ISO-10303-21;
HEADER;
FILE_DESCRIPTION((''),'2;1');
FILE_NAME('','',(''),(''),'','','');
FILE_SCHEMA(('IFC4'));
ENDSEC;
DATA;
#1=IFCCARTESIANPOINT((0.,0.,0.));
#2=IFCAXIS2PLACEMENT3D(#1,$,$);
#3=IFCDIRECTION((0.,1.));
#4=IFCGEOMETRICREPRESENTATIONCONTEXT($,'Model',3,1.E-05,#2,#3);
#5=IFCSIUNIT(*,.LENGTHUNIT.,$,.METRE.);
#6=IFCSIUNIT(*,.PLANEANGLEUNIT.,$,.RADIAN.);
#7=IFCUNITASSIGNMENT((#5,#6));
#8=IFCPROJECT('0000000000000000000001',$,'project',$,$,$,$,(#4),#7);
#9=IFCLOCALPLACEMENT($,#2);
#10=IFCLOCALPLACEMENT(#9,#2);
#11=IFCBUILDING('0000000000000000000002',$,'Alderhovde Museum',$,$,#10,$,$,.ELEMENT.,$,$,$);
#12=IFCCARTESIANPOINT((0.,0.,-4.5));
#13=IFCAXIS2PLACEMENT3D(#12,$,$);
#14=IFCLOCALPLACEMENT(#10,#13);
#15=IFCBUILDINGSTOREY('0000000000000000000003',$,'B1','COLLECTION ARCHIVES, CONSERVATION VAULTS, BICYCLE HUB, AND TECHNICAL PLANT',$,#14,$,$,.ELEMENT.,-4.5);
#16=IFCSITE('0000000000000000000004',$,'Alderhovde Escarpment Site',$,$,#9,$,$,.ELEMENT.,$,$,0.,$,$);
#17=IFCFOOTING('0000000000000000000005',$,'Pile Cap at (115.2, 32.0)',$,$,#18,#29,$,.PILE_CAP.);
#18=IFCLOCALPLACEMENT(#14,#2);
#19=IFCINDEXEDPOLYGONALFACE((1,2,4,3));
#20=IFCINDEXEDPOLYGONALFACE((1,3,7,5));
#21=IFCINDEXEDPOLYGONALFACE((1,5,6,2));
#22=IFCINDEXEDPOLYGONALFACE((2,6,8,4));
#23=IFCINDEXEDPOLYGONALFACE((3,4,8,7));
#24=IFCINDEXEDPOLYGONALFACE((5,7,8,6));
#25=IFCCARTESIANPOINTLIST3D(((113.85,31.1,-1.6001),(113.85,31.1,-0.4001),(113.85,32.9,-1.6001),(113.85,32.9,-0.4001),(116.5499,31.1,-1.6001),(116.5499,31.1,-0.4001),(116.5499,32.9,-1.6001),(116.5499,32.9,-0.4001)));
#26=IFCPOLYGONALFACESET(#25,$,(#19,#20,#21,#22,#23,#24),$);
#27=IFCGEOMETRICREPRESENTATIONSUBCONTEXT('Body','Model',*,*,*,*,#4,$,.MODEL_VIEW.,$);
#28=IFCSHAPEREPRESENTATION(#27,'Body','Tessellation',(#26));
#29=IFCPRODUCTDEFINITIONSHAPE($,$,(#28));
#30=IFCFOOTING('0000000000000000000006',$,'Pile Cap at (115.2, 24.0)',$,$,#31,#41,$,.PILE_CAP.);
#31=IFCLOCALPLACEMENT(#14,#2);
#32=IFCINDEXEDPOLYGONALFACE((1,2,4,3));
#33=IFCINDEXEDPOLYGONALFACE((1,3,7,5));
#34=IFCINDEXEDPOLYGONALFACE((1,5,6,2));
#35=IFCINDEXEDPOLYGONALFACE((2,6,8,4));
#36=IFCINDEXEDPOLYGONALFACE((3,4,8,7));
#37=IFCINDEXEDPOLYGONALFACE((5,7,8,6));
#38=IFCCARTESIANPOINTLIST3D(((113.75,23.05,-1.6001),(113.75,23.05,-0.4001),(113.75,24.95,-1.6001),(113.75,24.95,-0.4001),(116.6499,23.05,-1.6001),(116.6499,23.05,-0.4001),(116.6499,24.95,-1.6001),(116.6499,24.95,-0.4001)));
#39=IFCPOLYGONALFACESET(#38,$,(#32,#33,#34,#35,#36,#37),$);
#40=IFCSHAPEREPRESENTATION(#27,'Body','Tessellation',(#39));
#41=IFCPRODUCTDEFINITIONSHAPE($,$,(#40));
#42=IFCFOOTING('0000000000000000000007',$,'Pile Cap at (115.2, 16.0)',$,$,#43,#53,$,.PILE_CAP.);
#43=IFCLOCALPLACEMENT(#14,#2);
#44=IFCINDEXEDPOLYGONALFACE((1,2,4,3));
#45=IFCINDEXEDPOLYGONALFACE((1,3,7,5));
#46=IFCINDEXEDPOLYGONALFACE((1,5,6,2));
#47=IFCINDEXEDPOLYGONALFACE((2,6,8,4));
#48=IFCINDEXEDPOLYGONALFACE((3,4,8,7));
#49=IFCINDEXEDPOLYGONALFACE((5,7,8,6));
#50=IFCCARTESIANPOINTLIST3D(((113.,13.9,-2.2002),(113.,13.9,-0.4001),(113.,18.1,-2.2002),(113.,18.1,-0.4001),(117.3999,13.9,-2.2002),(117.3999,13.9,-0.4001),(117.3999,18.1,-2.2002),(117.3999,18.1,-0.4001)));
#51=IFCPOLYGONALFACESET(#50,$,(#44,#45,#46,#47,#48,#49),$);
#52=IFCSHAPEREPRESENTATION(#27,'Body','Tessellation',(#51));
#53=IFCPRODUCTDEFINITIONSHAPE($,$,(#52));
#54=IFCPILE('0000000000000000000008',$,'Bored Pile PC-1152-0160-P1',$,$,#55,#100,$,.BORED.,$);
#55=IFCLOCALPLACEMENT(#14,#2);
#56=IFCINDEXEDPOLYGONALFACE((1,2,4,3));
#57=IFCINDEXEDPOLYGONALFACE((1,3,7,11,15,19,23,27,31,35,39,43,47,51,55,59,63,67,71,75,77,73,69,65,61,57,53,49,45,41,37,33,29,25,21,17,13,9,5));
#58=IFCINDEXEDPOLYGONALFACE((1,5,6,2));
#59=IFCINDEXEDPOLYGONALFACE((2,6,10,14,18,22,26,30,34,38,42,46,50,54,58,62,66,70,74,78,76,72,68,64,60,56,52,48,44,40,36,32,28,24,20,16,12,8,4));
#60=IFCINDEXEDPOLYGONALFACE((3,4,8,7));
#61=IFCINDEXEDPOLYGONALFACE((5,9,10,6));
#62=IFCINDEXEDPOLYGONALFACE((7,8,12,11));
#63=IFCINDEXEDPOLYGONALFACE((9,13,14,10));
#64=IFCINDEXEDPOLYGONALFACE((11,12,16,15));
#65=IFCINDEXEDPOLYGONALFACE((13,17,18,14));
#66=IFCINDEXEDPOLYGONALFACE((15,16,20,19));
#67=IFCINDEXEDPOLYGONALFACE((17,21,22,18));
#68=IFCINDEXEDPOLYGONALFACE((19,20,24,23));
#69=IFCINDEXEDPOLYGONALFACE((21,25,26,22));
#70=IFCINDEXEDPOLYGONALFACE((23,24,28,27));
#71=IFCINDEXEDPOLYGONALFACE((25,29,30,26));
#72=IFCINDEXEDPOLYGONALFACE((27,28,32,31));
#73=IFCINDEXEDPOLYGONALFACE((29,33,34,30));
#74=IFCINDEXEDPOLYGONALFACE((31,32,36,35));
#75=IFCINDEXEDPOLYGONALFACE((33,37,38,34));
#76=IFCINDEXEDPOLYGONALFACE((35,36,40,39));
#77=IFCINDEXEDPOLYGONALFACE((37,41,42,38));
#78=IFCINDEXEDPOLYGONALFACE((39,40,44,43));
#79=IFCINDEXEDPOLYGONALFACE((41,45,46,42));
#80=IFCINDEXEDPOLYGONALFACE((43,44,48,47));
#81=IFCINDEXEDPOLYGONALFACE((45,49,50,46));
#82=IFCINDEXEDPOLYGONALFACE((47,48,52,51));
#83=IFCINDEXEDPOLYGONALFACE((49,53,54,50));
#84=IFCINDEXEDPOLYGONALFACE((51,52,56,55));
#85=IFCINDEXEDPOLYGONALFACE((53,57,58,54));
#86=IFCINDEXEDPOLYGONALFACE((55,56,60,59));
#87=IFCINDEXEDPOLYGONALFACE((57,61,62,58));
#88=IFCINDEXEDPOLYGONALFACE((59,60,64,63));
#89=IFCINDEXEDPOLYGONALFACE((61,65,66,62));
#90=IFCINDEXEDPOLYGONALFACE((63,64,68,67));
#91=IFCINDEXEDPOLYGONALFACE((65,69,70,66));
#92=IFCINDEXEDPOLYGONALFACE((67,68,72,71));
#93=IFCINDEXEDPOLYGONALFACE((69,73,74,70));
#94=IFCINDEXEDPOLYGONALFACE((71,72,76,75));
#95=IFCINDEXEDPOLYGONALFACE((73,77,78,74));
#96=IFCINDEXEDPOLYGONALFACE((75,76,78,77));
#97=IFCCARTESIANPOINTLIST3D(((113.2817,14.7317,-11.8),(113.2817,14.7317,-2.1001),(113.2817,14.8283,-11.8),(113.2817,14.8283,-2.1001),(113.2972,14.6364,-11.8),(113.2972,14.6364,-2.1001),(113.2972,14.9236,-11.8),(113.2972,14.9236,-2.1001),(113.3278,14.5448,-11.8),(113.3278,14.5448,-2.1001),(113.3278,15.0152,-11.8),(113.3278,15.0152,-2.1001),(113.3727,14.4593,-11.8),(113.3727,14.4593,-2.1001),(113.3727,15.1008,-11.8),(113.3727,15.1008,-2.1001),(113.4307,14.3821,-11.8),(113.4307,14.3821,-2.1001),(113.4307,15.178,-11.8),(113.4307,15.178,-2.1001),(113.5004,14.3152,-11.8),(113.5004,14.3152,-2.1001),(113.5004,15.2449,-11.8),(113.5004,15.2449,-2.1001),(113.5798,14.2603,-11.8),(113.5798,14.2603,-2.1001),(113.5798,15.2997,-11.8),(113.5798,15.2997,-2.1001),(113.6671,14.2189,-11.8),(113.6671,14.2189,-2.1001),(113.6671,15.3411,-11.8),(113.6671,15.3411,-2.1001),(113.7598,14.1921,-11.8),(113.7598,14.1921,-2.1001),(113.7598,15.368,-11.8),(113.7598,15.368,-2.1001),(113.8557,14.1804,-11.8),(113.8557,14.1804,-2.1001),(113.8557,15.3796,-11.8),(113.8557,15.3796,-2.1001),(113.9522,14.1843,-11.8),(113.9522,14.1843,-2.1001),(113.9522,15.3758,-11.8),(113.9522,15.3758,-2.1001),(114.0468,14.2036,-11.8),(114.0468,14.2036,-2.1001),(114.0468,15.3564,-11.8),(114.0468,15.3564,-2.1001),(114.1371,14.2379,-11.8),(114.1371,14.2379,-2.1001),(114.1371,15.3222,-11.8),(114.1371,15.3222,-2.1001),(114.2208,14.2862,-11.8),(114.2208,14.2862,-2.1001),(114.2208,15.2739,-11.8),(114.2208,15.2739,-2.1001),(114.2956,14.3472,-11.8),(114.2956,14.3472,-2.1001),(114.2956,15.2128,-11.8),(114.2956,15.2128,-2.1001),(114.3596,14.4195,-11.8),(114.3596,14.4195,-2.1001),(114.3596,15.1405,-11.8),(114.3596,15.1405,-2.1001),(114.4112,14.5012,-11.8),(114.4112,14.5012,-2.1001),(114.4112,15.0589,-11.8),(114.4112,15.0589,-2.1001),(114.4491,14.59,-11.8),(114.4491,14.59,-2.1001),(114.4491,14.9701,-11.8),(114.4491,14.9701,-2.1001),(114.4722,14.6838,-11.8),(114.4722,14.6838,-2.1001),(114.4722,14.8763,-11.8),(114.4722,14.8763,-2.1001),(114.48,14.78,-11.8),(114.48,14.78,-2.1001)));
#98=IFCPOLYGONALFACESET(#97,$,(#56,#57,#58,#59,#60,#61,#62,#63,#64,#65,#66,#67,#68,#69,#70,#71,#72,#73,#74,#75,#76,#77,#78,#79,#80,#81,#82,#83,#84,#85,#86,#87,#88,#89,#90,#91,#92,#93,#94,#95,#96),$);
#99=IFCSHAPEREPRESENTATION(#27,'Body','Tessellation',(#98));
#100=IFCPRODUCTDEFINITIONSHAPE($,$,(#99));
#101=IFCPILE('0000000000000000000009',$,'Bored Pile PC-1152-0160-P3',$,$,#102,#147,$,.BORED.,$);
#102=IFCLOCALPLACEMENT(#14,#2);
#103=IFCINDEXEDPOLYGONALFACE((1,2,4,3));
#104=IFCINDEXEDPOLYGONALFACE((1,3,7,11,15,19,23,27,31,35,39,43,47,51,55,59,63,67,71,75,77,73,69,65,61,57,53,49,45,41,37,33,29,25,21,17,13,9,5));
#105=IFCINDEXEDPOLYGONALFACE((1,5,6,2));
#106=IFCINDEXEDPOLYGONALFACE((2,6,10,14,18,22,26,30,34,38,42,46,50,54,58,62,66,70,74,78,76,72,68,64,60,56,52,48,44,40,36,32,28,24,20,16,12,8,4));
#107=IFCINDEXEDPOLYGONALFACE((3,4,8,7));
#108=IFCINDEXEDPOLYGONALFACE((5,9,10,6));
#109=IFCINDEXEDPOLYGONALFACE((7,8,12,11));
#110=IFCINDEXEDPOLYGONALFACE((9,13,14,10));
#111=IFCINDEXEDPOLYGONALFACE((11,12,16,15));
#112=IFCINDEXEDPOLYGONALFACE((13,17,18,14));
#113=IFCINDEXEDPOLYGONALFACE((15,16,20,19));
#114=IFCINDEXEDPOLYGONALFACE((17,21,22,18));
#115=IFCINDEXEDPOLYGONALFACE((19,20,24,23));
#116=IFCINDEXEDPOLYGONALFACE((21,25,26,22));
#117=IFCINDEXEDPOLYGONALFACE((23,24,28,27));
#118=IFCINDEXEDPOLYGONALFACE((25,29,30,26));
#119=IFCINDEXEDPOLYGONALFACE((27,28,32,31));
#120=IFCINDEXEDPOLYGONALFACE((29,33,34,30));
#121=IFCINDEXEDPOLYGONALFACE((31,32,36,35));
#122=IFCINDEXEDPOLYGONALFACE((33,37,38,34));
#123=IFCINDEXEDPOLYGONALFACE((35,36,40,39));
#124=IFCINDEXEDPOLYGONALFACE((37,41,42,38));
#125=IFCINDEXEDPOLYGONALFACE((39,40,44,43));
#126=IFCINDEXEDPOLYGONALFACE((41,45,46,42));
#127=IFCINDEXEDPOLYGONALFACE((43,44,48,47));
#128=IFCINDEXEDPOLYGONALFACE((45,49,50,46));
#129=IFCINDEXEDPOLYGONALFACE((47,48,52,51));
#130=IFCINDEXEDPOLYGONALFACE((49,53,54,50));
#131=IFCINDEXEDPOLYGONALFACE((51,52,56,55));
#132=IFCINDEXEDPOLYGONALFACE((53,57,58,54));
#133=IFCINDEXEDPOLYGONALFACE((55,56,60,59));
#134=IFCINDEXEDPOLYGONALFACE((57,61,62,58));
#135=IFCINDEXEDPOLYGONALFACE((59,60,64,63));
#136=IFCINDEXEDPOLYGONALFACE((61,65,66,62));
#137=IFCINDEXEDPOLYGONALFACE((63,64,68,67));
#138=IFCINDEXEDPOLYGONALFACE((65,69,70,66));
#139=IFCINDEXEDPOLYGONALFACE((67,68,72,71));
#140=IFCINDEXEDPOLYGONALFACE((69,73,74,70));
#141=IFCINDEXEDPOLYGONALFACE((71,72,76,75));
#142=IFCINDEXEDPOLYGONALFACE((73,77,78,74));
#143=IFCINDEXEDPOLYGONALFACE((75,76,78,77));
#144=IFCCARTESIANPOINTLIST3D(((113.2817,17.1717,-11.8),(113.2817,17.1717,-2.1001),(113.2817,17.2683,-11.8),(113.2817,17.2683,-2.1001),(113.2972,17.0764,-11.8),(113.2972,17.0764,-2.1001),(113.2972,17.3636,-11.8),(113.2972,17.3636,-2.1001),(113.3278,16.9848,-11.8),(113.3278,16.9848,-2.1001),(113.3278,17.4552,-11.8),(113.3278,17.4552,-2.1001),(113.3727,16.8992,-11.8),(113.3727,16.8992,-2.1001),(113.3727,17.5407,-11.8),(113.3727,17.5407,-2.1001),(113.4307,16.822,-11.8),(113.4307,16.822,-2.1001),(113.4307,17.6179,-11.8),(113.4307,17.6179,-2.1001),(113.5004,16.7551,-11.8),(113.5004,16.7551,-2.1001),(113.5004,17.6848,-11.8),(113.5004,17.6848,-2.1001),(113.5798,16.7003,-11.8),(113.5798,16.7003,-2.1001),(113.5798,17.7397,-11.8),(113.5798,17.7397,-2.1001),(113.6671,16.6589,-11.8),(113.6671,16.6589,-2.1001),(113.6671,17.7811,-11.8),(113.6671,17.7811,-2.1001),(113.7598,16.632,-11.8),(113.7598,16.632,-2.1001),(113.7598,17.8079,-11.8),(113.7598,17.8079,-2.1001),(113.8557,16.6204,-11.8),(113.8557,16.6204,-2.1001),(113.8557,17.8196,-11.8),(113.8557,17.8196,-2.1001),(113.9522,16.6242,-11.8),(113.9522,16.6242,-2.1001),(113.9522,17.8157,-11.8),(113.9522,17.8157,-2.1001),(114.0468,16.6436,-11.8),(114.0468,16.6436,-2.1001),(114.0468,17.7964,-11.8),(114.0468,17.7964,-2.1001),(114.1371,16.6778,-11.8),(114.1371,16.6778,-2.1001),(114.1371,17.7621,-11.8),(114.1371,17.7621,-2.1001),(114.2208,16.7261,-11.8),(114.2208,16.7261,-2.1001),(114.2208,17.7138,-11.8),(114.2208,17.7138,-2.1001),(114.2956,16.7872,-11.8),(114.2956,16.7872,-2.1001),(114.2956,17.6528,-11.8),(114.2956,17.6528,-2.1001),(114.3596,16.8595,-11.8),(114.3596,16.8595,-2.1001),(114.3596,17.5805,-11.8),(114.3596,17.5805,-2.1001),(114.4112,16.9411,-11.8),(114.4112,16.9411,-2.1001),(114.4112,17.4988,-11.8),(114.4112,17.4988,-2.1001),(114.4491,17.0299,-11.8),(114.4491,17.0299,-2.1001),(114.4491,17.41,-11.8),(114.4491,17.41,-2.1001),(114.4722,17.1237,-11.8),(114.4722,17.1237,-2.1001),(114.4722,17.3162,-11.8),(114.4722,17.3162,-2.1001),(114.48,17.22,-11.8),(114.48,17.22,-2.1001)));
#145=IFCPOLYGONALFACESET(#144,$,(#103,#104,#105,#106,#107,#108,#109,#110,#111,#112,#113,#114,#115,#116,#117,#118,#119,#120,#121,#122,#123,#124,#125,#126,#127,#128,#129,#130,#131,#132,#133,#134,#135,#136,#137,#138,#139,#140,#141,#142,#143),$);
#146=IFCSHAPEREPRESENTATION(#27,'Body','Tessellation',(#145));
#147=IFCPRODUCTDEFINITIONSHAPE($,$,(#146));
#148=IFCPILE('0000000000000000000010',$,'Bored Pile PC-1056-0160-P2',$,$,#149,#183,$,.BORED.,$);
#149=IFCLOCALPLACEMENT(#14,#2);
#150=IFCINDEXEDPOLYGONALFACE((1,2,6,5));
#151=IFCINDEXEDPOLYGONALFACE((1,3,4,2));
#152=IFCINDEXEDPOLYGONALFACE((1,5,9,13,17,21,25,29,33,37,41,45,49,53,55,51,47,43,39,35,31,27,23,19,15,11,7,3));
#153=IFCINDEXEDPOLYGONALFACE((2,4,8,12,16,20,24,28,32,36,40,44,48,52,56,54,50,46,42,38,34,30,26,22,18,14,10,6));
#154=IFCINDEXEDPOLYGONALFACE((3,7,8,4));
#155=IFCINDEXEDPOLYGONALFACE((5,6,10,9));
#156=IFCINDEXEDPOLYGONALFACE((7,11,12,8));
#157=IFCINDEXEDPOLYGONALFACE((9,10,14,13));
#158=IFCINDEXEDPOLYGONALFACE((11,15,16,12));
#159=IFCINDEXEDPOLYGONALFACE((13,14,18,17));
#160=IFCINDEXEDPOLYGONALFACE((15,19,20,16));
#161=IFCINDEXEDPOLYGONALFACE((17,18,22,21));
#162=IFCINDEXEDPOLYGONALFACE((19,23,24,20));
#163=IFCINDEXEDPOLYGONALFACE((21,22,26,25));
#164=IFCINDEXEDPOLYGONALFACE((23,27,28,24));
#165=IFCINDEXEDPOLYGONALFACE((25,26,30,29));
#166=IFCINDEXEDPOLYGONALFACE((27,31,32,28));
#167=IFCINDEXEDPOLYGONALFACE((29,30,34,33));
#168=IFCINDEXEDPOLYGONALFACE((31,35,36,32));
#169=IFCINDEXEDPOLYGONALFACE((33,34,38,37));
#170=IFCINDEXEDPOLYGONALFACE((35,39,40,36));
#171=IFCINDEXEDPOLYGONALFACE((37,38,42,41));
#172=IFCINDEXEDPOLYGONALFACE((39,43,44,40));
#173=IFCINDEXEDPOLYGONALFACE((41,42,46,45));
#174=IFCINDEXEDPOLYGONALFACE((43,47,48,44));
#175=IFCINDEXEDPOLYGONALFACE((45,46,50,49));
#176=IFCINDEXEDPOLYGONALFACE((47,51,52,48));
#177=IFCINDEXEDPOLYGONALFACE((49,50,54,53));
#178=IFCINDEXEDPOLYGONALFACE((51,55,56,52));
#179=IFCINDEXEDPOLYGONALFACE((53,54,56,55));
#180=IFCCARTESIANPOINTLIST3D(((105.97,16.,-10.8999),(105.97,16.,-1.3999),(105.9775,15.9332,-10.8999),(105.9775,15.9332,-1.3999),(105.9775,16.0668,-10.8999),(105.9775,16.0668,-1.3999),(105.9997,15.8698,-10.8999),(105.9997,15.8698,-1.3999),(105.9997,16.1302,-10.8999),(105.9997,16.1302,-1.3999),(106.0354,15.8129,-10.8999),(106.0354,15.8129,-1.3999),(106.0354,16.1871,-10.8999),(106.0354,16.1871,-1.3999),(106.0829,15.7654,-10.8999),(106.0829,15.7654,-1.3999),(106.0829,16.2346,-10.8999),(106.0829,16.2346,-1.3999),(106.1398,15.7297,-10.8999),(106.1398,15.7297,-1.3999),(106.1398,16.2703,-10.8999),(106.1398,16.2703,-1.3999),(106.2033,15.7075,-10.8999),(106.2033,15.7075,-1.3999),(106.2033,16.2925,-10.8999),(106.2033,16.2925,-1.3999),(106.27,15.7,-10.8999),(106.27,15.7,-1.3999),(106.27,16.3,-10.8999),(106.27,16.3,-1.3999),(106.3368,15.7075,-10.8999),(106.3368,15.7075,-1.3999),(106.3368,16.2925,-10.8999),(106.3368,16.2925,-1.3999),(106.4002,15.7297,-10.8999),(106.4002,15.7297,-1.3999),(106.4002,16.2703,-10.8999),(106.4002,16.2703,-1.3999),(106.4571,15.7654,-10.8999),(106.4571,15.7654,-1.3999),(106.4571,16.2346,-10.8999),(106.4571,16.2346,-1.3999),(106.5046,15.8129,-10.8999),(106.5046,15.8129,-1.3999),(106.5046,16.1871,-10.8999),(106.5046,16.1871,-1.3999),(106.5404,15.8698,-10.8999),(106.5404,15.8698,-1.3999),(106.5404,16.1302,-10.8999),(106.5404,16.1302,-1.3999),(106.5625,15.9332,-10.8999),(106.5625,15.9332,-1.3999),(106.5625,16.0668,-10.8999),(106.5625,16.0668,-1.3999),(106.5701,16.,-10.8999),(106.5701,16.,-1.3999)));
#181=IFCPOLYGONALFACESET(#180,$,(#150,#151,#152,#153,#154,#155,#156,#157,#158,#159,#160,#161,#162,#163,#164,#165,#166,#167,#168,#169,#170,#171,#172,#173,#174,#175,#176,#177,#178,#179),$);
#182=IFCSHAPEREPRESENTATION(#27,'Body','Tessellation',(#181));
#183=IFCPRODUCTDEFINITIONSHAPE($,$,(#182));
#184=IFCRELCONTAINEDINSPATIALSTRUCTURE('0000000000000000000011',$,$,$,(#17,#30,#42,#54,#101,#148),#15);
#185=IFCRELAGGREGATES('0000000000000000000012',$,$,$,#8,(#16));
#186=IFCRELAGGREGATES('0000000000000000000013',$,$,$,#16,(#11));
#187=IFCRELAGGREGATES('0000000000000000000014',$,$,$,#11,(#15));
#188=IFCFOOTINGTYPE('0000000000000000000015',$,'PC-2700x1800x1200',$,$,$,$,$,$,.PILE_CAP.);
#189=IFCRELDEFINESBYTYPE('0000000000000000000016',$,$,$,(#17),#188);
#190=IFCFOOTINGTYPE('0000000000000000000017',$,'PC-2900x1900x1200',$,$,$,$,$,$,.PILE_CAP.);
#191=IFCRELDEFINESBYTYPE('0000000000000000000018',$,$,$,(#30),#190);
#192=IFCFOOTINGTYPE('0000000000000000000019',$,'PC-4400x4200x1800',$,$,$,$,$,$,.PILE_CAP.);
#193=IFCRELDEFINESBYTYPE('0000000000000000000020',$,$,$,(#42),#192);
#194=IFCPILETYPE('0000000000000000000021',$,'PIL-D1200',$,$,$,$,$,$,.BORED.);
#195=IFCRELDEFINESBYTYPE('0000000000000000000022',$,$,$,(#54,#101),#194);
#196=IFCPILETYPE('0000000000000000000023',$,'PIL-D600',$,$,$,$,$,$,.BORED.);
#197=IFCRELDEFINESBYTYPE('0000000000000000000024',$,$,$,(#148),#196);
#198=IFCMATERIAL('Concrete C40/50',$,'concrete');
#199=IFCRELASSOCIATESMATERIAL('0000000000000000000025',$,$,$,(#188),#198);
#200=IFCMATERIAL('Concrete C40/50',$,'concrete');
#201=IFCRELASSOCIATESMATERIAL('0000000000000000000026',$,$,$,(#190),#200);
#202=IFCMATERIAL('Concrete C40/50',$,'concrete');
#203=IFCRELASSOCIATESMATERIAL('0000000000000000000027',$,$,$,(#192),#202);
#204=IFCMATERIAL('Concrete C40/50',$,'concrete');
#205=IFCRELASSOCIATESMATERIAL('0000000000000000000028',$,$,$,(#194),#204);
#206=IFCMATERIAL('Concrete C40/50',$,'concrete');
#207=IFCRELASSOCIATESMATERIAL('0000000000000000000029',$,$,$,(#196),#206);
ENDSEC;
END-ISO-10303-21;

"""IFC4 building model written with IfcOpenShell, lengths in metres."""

from ifc_helpers import new_model, si_unit, direction, frame, origin, origin_2d, place, context, subcontext, project, spatial, rectangle, circle, extrude, material, material_profile, profile_set, type_object, element, save


model = new_model("IFC4")

# Units and contexts
model_context = context("Model", 3, precision=1e-05, world=origin(), true_north=direction((0.0, 1.0)))
body_context = subcontext(model_context, "Body", "Model", "MODEL_VIEW")
ifc_project = project(units=[si_unit("LENGTHUNIT", "METRE"), si_unit("PLANEANGLEUNIT", "RADIAN")], contexts=[model_context])

# Site, building, storey
site_placement = place(None, origin())
site = spatial("IfcSite", under=ifc_project, at=site_placement, Name="Alderhovde Escarpment Site", CompositionType="ELEMENT", RefElevation=0.0)
building_placement = place(site_placement, origin())
building = spatial("IfcBuilding", under=site, at=building_placement, Name="Alderhovde Museum", CompositionType="ELEMENT")
storey_placement = place(building_placement, frame((0.0, 0.0, -4.5)))
storey = spatial("IfcBuildingStorey", under=building, at=storey_placement, Name="B1", Description="COLLECTION ARCHIVES, CONSERVATION VAULTS, BICYCLE HUB, AND TECHNICAL PLANT", CompositionType="ELEMENT", Elevation=-4.5)

# Footings
ifc_material_1 = material(Name="Concrete C40/50", Category="concrete")
footing_type_1 = type_object("IfcFootingType", Name="PC-2700x1800x1200", PredefinedType="PILE_CAP", material=ifc_material_1)
footing_1_placement = place(storey_placement, frame((115.2, 32.0, -1.6001), z_axis=(0.0, 0.0, 1.0), x_axis=(1.0, 0.0, 0.0)))
element("IfcFooting", 1, at=footing_1_placement, inside=storey, type_object=footing_type_1, Name="Pile Cap at (115.2, 32.0)", PredefinedType="PILE_CAP", context=body_context, shape_type="SweptSolid", body=[
    extrude(rectangle(XDim=2.7, YDim=1.8, at=origin_2d()), origin(), (0.0, 0.0, 1.0), 1.2),
])
ifc_material_2 = material(Name="Concrete C40/50", Category="concrete")
footing_type_2 = type_object("IfcFootingType", Name="PC-2900x1900x1200", PredefinedType="PILE_CAP", material=ifc_material_2)
footing_2_placement = place(storey_placement, frame((115.2, 24.0, -1.6001), z_axis=(0.0, 0.0, 1.0), x_axis=(1.0, 0.0, 0.0)))
element("IfcFooting", 2, at=footing_2_placement, inside=storey, type_object=footing_type_2, Name="Pile Cap at (115.2, 24.0)", PredefinedType="PILE_CAP", context=body_context, shape_type="SweptSolid", body=[
    extrude(rectangle(XDim=2.8999, YDim=1.8999, at=origin_2d()), origin(), (0.0, 0.0, 1.0), 1.2),
])
ifc_material_3 = material(Name="Concrete C40/50", Category="concrete")
footing_type_3 = type_object("IfcFootingType", Name="PC-4400x4200x1800", PredefinedType="PILE_CAP", material=ifc_material_3)
footing_3_placement = place(storey_placement, frame((115.2, 16.0, -2.2002), z_axis=(0.0, 0.0, 1.0), x_axis=(1.0, 0.0, 0.0)))
element("IfcFooting", 3, at=footing_3_placement, inside=storey, type_object=footing_type_3, Name="Pile Cap at (115.2, 16.0)", PredefinedType="PILE_CAP", context=body_context, shape_type="SweptSolid", body=[
    extrude(rectangle(XDim=4.3999, YDim=4.2, at=origin_2d()), origin(), (0.0, 0.0, 1.0), 1.8),
])

# Piles
ifc_material_4 = material(Name="Concrete C40/50", Category="concrete")
ifc_material_profile_1 = material_profile(ifc_material_4, circle(Radius=0.6001, at=origin_2d()), Name="PILE-D1200")
ifc_profile_set_1 = profile_set([ifc_material_profile_1], Name="Concrete C40/50")
pile_type_1 = type_object("IfcPileType", Name="PIL-D1200", PredefinedType="BORED", material=ifc_profile_set_1)
for number, where, z_axis, x_axis, name in (
    (4, (113.8799, 14.78, -2.1001), (0.0, 0.0, -1.0), (1.0, 0.0, 0.0), "Bored Pile PC-1152-0160-P1"),
    (5, (113.8799, 17.22, -2.1001), (0.0, 0.0, -1.0), (1.0, 0.0, 0.0), "Bored Pile PC-1152-0160-P3"),
):
    element("IfcPile", number, at=place(storey_placement, frame(where, z_axis=z_axis, x_axis=x_axis)), inside=storey, type_object=pile_type_1, Name=name, PredefinedType="BORED", context=body_context, shape_type="SweptSolid", body=[
        extrude(circle(Radius=0.6001, at=origin_2d()), origin(), (0.0, 0.0, 1.0), 9.7),
    ])
ifc_material_5 = material(Name="Concrete C40/50", Category="concrete")
ifc_material_profile_2 = material_profile(ifc_material_5, circle(Radius=0.3, at=origin_2d()), Name="PILE-D600")
ifc_profile_set_2 = profile_set([ifc_material_profile_2], Name="Concrete C40/50")
pile_type_2 = type_object("IfcPileType", Name="PIL-D600", PredefinedType="BORED", material=ifc_profile_set_2)
pile_1_placement = place(storey_placement, frame((106.27, 16.0, -1.3999), z_axis=(0.0, 0.0, -1.0), x_axis=(1.0, 0.0, 0.0)))
element("IfcPile", 6, at=pile_1_placement, inside=storey, type_object=pile_type_2, Name="Bored Pile PC-1056-0160-P2", PredefinedType="BORED", context=body_context, shape_type="SweptSolid", body=[
    extrude(circle(Radius=0.3, at=origin_2d()), origin(), (0.0, 0.0, 1.0), 9.5),
])

save(model, "model.ifc")
